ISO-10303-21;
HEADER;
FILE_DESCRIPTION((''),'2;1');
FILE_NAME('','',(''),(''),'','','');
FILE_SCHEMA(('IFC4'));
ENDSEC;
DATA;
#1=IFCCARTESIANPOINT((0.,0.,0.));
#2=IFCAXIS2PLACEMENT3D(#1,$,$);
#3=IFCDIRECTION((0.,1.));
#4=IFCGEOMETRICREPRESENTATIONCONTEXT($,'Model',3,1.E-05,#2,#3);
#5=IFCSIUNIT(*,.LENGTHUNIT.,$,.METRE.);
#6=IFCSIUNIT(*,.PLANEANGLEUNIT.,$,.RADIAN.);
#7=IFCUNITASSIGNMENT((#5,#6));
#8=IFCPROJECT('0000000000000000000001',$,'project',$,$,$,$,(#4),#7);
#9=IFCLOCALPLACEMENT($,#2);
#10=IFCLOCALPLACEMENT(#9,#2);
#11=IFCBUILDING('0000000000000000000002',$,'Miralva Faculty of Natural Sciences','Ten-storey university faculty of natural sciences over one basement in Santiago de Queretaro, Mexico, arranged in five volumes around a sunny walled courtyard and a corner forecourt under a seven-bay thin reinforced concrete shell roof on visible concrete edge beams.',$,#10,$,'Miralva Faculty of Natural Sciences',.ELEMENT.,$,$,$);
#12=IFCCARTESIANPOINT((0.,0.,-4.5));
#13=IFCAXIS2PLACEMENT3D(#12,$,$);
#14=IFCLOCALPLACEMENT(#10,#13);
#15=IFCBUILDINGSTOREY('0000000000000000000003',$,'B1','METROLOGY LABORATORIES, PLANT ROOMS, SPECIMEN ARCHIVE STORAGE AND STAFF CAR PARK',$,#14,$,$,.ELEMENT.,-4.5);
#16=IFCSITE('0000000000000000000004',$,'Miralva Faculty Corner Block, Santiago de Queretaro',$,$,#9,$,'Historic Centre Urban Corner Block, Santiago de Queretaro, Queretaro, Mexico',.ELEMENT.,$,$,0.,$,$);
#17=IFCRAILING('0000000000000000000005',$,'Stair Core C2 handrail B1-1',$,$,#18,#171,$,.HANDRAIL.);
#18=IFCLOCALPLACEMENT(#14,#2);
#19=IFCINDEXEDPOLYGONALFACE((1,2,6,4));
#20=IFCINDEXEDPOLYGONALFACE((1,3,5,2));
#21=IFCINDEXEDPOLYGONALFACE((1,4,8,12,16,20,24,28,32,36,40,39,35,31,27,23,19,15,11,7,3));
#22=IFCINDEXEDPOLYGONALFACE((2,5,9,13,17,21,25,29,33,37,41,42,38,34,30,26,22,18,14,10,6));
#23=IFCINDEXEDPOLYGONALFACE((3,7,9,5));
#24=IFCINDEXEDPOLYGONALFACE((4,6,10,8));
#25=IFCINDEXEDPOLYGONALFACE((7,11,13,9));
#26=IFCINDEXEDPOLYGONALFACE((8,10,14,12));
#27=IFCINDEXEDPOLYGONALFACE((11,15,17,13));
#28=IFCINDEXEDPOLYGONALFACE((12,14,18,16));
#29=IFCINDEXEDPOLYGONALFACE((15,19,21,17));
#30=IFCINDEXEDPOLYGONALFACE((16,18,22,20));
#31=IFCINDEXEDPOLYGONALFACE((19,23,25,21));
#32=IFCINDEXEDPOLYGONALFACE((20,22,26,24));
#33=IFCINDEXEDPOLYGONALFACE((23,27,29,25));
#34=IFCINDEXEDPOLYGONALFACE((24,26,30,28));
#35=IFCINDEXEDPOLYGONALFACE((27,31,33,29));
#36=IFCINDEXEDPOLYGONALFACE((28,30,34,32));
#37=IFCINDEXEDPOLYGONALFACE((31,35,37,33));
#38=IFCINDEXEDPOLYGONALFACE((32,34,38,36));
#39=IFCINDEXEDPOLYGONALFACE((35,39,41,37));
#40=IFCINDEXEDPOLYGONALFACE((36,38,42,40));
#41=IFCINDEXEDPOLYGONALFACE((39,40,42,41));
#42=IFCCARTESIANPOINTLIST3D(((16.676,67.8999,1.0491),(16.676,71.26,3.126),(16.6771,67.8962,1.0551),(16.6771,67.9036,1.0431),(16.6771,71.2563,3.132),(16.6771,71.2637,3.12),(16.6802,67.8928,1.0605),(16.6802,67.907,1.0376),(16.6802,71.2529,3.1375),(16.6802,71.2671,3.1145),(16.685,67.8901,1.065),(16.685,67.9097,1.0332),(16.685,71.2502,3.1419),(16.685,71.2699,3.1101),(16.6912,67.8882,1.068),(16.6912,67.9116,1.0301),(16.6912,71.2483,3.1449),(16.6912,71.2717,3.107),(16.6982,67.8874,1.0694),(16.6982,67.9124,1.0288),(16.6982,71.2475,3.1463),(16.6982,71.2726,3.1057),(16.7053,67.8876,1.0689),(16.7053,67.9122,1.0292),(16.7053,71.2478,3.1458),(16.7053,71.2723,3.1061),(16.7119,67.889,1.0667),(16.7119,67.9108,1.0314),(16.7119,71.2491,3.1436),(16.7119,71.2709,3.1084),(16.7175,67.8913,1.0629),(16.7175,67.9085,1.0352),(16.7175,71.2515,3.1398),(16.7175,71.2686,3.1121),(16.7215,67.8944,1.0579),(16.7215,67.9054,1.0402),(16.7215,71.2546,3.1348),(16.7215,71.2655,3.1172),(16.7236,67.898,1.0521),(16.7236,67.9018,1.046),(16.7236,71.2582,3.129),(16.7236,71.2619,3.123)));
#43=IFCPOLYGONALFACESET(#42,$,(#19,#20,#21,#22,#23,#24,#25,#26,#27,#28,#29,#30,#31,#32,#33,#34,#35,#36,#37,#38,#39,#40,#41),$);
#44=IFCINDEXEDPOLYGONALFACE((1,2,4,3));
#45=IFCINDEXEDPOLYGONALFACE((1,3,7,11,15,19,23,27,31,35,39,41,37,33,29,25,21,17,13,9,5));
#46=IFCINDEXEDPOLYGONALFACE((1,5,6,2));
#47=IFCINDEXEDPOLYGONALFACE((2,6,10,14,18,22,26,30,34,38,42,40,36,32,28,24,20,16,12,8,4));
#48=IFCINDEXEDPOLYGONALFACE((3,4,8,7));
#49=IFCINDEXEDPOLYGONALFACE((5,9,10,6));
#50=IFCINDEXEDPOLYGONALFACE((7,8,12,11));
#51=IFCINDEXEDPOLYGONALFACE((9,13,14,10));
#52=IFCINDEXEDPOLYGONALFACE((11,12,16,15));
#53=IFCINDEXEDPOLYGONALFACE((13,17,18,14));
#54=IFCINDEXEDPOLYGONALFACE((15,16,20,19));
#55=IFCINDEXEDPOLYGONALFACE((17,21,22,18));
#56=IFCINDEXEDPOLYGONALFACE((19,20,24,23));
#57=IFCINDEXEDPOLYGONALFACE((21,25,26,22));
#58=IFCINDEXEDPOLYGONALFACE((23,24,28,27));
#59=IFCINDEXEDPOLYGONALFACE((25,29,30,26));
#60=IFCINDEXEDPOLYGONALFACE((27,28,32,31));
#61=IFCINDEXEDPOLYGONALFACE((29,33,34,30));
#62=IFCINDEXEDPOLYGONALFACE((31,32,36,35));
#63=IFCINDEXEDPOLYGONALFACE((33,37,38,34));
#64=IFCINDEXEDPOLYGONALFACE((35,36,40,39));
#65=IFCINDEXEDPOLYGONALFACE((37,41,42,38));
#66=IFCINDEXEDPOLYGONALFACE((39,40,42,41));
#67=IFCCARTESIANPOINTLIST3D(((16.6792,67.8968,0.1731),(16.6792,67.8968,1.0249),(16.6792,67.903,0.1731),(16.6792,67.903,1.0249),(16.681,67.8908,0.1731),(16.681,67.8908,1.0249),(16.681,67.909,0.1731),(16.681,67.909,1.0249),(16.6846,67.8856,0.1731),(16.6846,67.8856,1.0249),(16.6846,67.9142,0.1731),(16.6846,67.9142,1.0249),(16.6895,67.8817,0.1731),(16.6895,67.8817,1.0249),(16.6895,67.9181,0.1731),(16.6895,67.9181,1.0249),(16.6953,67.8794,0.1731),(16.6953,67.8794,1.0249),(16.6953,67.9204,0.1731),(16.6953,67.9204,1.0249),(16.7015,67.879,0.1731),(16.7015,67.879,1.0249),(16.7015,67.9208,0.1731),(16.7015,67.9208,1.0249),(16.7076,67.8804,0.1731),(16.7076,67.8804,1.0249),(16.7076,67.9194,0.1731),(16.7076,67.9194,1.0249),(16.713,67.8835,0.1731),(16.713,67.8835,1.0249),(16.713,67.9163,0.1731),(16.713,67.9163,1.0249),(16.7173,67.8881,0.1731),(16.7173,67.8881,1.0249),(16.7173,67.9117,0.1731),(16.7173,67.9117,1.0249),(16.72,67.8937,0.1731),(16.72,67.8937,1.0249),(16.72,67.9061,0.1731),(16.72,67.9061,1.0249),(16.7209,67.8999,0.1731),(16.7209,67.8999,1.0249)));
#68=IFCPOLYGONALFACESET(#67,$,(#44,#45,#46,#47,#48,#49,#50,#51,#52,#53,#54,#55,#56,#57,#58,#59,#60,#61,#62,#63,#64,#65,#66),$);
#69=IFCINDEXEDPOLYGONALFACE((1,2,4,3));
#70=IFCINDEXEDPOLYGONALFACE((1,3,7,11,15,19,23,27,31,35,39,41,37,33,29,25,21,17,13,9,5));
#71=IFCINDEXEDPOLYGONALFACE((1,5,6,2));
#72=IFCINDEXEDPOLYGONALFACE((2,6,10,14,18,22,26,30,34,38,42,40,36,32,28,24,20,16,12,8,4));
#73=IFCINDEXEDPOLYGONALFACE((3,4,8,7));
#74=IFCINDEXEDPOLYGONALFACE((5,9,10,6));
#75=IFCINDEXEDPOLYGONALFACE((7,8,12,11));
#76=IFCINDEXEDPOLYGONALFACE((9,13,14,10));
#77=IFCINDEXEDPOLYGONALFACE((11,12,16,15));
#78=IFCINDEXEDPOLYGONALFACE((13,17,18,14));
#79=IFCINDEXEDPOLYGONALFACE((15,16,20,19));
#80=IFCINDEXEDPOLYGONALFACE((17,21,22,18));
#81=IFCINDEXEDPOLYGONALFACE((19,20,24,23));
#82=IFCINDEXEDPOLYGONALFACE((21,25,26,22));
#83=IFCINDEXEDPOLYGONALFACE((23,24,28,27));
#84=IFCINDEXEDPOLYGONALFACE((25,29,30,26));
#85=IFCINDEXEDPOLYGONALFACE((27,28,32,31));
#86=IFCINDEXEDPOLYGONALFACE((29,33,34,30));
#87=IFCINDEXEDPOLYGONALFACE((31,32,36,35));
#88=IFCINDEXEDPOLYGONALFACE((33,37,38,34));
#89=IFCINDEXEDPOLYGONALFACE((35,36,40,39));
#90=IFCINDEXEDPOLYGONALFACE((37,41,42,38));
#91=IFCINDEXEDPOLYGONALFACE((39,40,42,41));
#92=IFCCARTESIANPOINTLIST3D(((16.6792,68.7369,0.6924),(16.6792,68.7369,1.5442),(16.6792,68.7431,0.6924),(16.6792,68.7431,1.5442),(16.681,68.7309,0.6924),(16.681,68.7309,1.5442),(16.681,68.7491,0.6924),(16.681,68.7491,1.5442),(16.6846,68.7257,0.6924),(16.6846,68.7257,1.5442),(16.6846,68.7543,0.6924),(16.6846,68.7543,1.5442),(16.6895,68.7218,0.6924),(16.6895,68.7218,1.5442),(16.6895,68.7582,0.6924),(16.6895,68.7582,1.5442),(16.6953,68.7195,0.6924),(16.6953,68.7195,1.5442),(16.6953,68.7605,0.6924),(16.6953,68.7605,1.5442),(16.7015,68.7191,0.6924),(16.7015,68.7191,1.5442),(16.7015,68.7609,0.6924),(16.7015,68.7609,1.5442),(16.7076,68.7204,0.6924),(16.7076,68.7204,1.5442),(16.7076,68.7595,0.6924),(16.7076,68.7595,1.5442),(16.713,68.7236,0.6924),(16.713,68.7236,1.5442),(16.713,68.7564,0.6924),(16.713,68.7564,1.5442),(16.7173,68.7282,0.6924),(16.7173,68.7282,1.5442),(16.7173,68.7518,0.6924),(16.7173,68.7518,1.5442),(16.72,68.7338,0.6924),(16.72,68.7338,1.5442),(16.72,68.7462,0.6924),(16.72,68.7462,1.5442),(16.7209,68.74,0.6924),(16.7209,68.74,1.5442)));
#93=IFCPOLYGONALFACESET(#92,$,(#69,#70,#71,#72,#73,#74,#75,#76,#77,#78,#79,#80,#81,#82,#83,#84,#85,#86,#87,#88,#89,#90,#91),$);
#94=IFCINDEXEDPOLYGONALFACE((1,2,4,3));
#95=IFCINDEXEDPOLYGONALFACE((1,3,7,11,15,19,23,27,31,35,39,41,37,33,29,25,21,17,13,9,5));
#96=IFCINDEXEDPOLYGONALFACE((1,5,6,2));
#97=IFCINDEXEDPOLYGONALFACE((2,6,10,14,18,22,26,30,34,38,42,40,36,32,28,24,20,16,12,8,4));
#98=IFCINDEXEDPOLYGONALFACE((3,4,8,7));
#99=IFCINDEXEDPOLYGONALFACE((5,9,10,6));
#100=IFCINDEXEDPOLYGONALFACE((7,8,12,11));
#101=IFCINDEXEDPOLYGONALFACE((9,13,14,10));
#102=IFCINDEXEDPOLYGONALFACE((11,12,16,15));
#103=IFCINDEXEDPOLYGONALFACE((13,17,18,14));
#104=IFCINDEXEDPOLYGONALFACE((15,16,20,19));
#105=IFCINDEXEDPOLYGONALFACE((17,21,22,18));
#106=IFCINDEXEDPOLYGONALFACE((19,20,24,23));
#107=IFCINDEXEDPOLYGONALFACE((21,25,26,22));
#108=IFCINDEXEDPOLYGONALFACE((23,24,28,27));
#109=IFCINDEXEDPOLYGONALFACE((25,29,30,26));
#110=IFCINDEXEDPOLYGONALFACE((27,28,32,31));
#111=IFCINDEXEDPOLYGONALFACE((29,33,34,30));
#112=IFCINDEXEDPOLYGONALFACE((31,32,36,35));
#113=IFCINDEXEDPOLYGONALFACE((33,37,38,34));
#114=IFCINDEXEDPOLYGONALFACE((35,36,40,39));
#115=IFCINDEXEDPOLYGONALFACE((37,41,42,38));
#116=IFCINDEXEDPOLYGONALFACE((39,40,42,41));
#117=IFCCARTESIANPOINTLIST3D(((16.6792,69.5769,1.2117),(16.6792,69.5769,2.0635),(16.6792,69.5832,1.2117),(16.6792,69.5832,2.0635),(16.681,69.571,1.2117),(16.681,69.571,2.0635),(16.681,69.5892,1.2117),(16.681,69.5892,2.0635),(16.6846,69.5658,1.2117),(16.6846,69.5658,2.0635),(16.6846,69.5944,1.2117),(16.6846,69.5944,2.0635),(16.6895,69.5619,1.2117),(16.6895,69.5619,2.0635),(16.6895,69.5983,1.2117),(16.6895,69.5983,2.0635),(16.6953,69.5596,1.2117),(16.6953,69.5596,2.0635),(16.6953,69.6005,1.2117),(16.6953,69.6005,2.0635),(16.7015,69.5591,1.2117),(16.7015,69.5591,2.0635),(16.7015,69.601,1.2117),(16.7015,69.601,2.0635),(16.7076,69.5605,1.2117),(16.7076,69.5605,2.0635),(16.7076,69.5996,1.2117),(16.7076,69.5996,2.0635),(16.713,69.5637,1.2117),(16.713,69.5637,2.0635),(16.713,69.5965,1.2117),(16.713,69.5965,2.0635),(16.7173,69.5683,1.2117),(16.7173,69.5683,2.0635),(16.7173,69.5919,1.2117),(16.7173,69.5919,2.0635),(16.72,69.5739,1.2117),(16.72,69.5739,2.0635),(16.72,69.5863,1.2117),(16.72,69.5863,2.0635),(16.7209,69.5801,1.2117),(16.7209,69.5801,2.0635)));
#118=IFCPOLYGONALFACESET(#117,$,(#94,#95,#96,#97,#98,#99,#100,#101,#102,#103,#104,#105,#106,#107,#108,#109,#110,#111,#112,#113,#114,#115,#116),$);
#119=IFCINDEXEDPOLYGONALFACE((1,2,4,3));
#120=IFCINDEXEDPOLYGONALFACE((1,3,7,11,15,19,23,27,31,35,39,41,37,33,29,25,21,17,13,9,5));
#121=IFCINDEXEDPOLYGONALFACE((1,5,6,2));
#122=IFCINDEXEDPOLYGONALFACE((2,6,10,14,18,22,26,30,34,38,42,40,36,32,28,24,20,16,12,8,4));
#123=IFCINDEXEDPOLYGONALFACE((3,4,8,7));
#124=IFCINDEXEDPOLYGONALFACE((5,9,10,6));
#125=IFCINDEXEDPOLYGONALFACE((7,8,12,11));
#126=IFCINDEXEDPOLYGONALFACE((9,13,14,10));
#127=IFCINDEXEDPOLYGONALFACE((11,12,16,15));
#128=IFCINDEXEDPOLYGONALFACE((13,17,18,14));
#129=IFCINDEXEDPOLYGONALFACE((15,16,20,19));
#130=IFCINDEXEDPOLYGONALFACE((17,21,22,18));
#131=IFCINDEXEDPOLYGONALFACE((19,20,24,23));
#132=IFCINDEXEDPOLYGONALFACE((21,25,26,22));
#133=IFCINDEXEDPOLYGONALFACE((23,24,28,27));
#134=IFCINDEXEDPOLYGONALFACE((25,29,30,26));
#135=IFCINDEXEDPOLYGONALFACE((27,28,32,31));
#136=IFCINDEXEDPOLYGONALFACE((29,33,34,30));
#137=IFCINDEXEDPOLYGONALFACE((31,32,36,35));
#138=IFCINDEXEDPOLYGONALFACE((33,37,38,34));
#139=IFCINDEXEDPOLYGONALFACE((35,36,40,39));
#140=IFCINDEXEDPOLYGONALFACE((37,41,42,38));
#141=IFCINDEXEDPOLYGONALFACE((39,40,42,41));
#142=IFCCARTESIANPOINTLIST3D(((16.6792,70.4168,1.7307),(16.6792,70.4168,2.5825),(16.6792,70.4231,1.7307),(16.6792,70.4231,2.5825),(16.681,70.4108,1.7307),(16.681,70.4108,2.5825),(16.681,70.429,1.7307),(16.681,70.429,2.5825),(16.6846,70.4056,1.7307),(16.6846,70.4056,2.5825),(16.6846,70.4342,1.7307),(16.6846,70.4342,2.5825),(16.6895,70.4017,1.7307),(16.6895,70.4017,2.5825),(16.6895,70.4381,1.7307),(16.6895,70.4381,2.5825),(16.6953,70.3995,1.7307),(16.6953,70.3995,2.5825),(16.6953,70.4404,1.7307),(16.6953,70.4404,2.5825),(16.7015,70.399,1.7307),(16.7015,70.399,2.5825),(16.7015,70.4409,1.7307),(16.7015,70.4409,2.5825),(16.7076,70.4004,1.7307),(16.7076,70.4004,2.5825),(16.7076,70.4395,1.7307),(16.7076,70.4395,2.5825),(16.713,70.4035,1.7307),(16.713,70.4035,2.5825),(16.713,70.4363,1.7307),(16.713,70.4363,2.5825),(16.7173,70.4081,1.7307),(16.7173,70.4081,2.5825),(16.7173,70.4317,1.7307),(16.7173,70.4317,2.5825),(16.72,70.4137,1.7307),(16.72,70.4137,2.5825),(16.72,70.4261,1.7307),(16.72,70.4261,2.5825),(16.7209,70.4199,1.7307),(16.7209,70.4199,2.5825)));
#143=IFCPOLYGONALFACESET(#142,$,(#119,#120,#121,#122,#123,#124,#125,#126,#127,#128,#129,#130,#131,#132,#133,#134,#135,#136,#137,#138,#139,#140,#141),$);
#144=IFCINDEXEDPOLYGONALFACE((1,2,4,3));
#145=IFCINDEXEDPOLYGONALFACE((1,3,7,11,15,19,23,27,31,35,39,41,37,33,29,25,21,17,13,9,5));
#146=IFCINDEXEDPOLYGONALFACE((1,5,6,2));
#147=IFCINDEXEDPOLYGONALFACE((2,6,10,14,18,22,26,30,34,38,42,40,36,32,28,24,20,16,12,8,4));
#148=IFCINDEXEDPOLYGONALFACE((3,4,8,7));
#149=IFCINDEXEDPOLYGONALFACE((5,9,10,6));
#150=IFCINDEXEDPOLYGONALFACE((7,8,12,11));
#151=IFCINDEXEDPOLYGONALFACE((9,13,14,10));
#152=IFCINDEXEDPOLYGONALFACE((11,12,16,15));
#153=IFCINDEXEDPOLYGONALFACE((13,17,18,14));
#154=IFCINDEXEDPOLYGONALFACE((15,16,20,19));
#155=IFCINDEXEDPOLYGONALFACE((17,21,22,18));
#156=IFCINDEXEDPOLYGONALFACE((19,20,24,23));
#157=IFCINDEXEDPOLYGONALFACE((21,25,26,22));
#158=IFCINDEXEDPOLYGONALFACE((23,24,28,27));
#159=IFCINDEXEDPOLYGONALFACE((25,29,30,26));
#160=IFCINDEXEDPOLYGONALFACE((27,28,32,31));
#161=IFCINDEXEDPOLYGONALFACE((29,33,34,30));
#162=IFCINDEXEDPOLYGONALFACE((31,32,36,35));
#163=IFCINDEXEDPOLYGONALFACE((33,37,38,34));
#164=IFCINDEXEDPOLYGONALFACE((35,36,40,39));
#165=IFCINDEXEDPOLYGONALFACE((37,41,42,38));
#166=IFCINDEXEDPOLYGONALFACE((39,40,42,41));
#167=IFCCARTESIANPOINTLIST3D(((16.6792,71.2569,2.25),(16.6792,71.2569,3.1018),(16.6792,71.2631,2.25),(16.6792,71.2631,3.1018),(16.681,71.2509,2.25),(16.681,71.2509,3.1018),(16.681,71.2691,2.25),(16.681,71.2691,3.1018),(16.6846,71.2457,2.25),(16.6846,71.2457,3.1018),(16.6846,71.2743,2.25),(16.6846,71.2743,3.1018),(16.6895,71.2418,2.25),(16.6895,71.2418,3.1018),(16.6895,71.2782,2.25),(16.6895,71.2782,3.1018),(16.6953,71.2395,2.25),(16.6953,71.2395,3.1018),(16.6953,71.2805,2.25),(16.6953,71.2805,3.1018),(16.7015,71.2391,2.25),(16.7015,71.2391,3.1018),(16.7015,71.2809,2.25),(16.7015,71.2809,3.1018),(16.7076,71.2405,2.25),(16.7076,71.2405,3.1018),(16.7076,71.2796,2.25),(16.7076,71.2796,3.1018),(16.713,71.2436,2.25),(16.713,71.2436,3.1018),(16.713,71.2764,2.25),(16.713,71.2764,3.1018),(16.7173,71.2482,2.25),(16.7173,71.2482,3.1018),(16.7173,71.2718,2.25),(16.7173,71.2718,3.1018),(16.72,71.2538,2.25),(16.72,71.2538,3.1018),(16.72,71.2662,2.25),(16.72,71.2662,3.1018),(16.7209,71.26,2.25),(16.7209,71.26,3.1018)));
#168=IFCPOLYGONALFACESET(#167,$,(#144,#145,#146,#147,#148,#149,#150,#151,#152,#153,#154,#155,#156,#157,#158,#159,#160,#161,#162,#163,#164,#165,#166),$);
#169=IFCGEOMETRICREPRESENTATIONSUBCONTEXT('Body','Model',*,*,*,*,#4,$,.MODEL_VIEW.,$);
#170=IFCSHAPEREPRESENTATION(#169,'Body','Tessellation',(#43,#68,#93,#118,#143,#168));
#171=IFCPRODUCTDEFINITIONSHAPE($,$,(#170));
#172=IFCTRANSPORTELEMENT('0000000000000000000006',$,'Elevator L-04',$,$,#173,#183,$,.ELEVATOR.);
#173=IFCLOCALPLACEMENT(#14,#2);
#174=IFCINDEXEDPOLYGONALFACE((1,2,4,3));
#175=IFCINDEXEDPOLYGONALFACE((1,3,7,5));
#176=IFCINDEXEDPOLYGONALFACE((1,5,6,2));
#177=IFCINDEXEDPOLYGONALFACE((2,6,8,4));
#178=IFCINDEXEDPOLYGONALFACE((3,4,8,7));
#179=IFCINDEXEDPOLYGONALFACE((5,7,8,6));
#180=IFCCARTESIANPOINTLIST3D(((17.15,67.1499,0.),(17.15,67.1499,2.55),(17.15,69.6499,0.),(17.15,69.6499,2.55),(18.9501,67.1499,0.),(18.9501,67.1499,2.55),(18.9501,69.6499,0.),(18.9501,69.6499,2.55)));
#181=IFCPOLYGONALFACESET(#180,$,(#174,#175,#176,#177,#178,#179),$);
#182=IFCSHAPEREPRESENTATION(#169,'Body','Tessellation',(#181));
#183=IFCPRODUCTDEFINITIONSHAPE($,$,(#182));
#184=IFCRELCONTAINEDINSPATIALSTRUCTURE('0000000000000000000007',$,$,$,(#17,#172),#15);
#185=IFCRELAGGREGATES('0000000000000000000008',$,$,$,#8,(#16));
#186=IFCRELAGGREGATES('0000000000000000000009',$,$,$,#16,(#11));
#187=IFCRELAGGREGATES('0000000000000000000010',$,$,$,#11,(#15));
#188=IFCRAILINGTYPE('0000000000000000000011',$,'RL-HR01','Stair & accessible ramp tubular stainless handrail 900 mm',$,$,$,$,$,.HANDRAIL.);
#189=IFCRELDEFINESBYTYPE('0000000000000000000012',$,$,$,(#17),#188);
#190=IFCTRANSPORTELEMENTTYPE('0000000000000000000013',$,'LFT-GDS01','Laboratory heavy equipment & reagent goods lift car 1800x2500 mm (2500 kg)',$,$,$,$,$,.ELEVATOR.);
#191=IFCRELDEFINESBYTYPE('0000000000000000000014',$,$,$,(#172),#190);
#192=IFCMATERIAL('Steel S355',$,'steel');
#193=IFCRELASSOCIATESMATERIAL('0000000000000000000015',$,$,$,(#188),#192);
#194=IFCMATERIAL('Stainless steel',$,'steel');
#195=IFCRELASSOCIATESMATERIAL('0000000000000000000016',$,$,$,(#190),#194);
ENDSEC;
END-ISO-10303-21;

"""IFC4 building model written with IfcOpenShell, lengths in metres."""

from ifc_helpers import new_model, si_unit, direction, frame, origin, origin_2d, place, context, subcontext, project, spatial, rectangle, circle, extrude, material, type_object, element, save


model = new_model("IFC4")

# Units and contexts
model_context = context("Model", 3, precision=1e-05, world=origin(), true_north=direction((0.0, 1.0)))
body_context = subcontext(model_context, "Body", "Model", "MODEL_VIEW")
ifc_project = project(units=[si_unit("LENGTHUNIT", "METRE"), si_unit("PLANEANGLEUNIT", "RADIAN")], contexts=[model_context])

# Site, building, storey
site_placement = place(None, origin())
site = spatial("IfcSite", under=ifc_project, at=site_placement, Name="Miralva Faculty Corner Block, Santiago de Queretaro", LongName="Historic Centre Urban Corner Block, Santiago de Queretaro, Queretaro, Mexico", CompositionType="ELEMENT", RefElevation=0.0)
building_placement = place(site_placement, origin())
building = spatial("IfcBuilding", under=site, at=building_placement, Name="Miralva Faculty of Natural Sciences", Description="Ten-storey university faculty of natural sciences over one basement in Santiago de Queretaro, Mexico, arranged in five volumes around a sunny walled courtyard and a corner forecourt under a seven-bay thin reinforced concrete shell roof on visible concrete edge beams.", LongName="Miralva Faculty of Natural Sciences", CompositionType="ELEMENT")
storey_placement = place(building_placement, frame((0.0, 0.0, -4.5)))
storey = spatial("IfcBuildingStorey", under=building, at=storey_placement, Name="B1", Description="METROLOGY LABORATORIES, PLANT ROOMS, SPECIMEN ARCHIVE STORAGE AND STAFF CAR PARK", CompositionType="ELEMENT", Elevation=-4.5)

# Railing
ifc_material_1 = material(Name="Steel S355", Category="steel")
railing_type_1 = type_object("IfcRailingType", Name="RL-HR01", Description="Stair & accessible ramp tubular stainless handrail 900 mm", PredefinedType="HANDRAIL", material=ifc_material_1)
railing_1_placement = place(storey_placement, frame((16.7, 67.8999, 0.1731)))
element("IfcRailing", 1, at=railing_1_placement, inside=storey, type_object=railing_type_1, Name="Stair Core C2 handrail B1-1", PredefinedType="HANDRAIL", context=body_context, shape_type="SweptSolid", body=[
    extrude(circle(Radius=0.0239, at=origin_2d()), frame((0.0, 0.0, 0.876), z_axis=(0.0, 0.850623, 0.525776), x_axis=(-1.0, 0.0, 0.0)), (0.0, 0.0, 1.0), 3.9502),
    extrude(circle(Radius=0.021, at=origin_2d()), origin(), (0.0, 0.0, 1.0), 0.8518),
    extrude(circle(Radius=0.021, at=origin_2d()), frame((0.0, 0.8401, 0.5193)), (0.0, 0.0, 1.0), 0.8518),
    extrude(circle(Radius=0.021, at=origin_2d()), frame((0.0, 1.6802, 1.0386)), (0.0, 0.0, 1.0), 0.8518),
    extrude(circle(Radius=0.021, at=origin_2d()), frame((0.0, 2.52, 1.5576)), (0.0, 0.0, 1.0), 0.8518),
    extrude(circle(Radius=0.021, at=origin_2d()), frame((0.0, 3.3601, 2.0769)), (0.0, 0.0, 1.0), 0.8518),
])

# Transport element
ifc_material_2 = material(Name="Stainless steel", Category="steel")
transport_element_type = type_object("IfcTransportElementType", Name="LFT-GDS01", Description="Laboratory heavy equipment & reagent goods lift car 1800x2500 mm (2500 kg)", PredefinedType="ELEVATOR", material=ifc_material_2)
transport_element_placement = place(storey_placement, frame((18.05, 68.3999, 0.0), z_axis=(0.0, 0.0, 1.0), x_axis=(1.0, 0.0, 0.0)))
element("IfcTransportElement", 2, at=transport_element_placement, inside=storey, type_object=transport_element_type, Name="Elevator L-04", PredefinedType="ELEVATOR", context=body_context, shape_type="SweptSolid", body=[
    extrude(rectangle(XDim=1.8, YDim=2.5, at=origin_2d()), origin(), (0.0, 0.0, 1.0), 2.55),
])

save(model, "model.ifc")
